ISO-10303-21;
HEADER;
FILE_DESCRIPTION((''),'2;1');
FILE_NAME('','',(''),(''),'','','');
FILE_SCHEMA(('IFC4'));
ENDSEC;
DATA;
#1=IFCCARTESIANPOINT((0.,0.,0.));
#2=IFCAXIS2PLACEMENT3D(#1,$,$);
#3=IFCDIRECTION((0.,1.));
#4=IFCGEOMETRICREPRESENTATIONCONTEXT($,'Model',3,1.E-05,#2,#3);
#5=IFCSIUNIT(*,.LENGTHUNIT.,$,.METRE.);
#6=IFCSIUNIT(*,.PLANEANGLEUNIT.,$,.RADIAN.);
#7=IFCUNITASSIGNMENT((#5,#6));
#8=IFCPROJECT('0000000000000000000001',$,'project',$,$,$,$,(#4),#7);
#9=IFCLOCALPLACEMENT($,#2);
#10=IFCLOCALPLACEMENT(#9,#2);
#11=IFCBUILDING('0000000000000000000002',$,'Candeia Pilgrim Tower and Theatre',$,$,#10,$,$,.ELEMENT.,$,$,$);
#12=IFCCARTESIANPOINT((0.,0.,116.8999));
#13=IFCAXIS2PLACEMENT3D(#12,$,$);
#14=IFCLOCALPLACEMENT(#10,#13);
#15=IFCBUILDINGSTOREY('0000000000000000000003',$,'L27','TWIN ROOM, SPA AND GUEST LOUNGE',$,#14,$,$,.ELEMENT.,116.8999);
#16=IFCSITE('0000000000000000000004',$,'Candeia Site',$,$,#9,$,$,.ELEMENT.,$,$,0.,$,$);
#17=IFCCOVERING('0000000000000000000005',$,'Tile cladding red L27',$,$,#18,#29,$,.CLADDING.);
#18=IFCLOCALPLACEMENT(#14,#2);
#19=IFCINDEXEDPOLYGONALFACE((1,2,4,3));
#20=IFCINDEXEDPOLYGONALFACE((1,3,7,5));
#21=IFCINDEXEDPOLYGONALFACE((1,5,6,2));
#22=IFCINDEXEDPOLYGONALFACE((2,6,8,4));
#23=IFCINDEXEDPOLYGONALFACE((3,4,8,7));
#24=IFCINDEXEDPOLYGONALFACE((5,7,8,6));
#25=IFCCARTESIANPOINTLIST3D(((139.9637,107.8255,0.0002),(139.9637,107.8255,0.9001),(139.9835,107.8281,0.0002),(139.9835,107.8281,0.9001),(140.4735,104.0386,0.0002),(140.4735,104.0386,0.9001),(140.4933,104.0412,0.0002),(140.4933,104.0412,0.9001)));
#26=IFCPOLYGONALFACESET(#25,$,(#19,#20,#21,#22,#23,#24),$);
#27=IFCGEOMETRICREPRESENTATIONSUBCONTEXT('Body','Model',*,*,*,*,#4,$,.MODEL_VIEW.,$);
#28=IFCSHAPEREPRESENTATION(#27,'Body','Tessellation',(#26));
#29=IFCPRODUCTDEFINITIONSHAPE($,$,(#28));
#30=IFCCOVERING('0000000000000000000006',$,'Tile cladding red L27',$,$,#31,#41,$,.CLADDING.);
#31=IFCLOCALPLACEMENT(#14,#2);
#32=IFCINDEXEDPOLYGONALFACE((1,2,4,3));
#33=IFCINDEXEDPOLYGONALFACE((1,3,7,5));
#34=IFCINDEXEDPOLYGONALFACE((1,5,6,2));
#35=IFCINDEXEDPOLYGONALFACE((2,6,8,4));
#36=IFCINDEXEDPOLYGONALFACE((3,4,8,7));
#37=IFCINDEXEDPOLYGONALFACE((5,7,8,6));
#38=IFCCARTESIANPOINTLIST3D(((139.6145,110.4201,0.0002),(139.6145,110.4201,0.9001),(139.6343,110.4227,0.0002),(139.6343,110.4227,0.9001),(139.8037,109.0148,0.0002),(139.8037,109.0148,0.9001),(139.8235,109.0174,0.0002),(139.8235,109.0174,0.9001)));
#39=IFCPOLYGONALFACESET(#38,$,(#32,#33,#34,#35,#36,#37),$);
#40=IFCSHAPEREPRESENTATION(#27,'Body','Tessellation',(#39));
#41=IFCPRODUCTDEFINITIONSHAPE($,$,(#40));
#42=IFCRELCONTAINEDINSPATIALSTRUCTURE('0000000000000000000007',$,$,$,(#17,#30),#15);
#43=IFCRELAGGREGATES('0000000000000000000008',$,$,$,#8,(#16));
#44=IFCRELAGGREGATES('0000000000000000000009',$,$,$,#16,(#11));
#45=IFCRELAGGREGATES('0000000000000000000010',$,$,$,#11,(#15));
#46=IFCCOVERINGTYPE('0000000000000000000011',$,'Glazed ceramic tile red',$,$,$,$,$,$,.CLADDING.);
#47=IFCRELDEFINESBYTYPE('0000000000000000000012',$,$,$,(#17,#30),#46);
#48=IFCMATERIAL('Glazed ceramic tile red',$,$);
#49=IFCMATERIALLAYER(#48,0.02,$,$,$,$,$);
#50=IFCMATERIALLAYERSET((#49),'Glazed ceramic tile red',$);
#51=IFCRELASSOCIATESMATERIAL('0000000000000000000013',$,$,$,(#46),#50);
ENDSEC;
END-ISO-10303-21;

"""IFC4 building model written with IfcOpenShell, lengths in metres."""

from ifc_helpers import new_model, si_unit, direction, frame, origin, origin_2d, place, context, subcontext, project, spatial, rectangle, extrude, material, layer, layer_set, type_object, element, save


model = new_model("IFC4")

# Units and contexts
model_context = context("Model", 3, precision=1e-05, world=origin(), true_north=direction((0.0, 1.0)))
body_context = subcontext(model_context, "Body", "Model", "MODEL_VIEW")
ifc_project = project(units=[si_unit("LENGTHUNIT", "METRE"), si_unit("PLANEANGLEUNIT", "RADIAN")], contexts=[model_context])

# Site, building, storey
site_placement = place(None, origin())
site = spatial("IfcSite", under=ifc_project, at=site_placement, Name="Candeia Site", CompositionType="ELEMENT", RefElevation=0.0)
building_placement = place(site_placement, origin())
building = spatial("IfcBuilding", under=site, at=building_placement, Name="Candeia Pilgrim Tower and Theatre", CompositionType="ELEMENT")
storey_placement = place(building_placement, frame((0.0, 0.0, 116.8999)))
storey = spatial("IfcBuildingStorey", under=building, at=storey_placement, Name="L27", Description="TWIN ROOM, SPA AND GUEST LOUNGE", CompositionType="ELEMENT", Elevation=116.8999)

# Coverings
ifc_material_1 = material(Name="Glazed ceramic tile red")
ifc_layer_1 = layer(ifc_material_1, 0.02)
ifc_layer_set_1 = layer_set([ifc_layer_1], Name="Glazed ceramic tile red")
covering_type = type_object("IfcCoveringType", Name="Glazed ceramic tile red", PredefinedType="CLADDING", material=ifc_layer_set_1)
covering_1_placement = place(storey_placement, frame((140.2285, 105.9333, 0.0002), z_axis=(0.0, 0.0, 1.0), x_axis=(-0.133412, 0.991061, 0.0)))
element("IfcCovering", 1, at=covering_1_placement, inside=storey, type_object=covering_type, Name="Tile cladding red L27", PredefinedType="CLADDING", context=body_context, shape_type="SweptSolid", body=[
    extrude(rectangle(XDim=3.821, YDim=0.02, at=origin_2d()), origin(), (0.0, 0.0, 1.0), 0.8999),
])
covering_2_placement = place(storey_placement, frame((139.719, 109.7188, 0.0002), z_axis=(0.0, 0.0, 1.0), x_axis=(-0.133412, 0.991061, 0.0)))
element("IfcCovering", 2, at=covering_2_placement, inside=storey, type_object=covering_type, Name="Tile cladding red L27", PredefinedType="CLADDING", context=body_context, shape_type="SweptSolid", body=[
    extrude(rectangle(XDim=1.418, YDim=0.02, at=origin_2d()), origin(), (0.0, 0.0, 1.0), 0.8999),
])

save(model, "model.ifc")
